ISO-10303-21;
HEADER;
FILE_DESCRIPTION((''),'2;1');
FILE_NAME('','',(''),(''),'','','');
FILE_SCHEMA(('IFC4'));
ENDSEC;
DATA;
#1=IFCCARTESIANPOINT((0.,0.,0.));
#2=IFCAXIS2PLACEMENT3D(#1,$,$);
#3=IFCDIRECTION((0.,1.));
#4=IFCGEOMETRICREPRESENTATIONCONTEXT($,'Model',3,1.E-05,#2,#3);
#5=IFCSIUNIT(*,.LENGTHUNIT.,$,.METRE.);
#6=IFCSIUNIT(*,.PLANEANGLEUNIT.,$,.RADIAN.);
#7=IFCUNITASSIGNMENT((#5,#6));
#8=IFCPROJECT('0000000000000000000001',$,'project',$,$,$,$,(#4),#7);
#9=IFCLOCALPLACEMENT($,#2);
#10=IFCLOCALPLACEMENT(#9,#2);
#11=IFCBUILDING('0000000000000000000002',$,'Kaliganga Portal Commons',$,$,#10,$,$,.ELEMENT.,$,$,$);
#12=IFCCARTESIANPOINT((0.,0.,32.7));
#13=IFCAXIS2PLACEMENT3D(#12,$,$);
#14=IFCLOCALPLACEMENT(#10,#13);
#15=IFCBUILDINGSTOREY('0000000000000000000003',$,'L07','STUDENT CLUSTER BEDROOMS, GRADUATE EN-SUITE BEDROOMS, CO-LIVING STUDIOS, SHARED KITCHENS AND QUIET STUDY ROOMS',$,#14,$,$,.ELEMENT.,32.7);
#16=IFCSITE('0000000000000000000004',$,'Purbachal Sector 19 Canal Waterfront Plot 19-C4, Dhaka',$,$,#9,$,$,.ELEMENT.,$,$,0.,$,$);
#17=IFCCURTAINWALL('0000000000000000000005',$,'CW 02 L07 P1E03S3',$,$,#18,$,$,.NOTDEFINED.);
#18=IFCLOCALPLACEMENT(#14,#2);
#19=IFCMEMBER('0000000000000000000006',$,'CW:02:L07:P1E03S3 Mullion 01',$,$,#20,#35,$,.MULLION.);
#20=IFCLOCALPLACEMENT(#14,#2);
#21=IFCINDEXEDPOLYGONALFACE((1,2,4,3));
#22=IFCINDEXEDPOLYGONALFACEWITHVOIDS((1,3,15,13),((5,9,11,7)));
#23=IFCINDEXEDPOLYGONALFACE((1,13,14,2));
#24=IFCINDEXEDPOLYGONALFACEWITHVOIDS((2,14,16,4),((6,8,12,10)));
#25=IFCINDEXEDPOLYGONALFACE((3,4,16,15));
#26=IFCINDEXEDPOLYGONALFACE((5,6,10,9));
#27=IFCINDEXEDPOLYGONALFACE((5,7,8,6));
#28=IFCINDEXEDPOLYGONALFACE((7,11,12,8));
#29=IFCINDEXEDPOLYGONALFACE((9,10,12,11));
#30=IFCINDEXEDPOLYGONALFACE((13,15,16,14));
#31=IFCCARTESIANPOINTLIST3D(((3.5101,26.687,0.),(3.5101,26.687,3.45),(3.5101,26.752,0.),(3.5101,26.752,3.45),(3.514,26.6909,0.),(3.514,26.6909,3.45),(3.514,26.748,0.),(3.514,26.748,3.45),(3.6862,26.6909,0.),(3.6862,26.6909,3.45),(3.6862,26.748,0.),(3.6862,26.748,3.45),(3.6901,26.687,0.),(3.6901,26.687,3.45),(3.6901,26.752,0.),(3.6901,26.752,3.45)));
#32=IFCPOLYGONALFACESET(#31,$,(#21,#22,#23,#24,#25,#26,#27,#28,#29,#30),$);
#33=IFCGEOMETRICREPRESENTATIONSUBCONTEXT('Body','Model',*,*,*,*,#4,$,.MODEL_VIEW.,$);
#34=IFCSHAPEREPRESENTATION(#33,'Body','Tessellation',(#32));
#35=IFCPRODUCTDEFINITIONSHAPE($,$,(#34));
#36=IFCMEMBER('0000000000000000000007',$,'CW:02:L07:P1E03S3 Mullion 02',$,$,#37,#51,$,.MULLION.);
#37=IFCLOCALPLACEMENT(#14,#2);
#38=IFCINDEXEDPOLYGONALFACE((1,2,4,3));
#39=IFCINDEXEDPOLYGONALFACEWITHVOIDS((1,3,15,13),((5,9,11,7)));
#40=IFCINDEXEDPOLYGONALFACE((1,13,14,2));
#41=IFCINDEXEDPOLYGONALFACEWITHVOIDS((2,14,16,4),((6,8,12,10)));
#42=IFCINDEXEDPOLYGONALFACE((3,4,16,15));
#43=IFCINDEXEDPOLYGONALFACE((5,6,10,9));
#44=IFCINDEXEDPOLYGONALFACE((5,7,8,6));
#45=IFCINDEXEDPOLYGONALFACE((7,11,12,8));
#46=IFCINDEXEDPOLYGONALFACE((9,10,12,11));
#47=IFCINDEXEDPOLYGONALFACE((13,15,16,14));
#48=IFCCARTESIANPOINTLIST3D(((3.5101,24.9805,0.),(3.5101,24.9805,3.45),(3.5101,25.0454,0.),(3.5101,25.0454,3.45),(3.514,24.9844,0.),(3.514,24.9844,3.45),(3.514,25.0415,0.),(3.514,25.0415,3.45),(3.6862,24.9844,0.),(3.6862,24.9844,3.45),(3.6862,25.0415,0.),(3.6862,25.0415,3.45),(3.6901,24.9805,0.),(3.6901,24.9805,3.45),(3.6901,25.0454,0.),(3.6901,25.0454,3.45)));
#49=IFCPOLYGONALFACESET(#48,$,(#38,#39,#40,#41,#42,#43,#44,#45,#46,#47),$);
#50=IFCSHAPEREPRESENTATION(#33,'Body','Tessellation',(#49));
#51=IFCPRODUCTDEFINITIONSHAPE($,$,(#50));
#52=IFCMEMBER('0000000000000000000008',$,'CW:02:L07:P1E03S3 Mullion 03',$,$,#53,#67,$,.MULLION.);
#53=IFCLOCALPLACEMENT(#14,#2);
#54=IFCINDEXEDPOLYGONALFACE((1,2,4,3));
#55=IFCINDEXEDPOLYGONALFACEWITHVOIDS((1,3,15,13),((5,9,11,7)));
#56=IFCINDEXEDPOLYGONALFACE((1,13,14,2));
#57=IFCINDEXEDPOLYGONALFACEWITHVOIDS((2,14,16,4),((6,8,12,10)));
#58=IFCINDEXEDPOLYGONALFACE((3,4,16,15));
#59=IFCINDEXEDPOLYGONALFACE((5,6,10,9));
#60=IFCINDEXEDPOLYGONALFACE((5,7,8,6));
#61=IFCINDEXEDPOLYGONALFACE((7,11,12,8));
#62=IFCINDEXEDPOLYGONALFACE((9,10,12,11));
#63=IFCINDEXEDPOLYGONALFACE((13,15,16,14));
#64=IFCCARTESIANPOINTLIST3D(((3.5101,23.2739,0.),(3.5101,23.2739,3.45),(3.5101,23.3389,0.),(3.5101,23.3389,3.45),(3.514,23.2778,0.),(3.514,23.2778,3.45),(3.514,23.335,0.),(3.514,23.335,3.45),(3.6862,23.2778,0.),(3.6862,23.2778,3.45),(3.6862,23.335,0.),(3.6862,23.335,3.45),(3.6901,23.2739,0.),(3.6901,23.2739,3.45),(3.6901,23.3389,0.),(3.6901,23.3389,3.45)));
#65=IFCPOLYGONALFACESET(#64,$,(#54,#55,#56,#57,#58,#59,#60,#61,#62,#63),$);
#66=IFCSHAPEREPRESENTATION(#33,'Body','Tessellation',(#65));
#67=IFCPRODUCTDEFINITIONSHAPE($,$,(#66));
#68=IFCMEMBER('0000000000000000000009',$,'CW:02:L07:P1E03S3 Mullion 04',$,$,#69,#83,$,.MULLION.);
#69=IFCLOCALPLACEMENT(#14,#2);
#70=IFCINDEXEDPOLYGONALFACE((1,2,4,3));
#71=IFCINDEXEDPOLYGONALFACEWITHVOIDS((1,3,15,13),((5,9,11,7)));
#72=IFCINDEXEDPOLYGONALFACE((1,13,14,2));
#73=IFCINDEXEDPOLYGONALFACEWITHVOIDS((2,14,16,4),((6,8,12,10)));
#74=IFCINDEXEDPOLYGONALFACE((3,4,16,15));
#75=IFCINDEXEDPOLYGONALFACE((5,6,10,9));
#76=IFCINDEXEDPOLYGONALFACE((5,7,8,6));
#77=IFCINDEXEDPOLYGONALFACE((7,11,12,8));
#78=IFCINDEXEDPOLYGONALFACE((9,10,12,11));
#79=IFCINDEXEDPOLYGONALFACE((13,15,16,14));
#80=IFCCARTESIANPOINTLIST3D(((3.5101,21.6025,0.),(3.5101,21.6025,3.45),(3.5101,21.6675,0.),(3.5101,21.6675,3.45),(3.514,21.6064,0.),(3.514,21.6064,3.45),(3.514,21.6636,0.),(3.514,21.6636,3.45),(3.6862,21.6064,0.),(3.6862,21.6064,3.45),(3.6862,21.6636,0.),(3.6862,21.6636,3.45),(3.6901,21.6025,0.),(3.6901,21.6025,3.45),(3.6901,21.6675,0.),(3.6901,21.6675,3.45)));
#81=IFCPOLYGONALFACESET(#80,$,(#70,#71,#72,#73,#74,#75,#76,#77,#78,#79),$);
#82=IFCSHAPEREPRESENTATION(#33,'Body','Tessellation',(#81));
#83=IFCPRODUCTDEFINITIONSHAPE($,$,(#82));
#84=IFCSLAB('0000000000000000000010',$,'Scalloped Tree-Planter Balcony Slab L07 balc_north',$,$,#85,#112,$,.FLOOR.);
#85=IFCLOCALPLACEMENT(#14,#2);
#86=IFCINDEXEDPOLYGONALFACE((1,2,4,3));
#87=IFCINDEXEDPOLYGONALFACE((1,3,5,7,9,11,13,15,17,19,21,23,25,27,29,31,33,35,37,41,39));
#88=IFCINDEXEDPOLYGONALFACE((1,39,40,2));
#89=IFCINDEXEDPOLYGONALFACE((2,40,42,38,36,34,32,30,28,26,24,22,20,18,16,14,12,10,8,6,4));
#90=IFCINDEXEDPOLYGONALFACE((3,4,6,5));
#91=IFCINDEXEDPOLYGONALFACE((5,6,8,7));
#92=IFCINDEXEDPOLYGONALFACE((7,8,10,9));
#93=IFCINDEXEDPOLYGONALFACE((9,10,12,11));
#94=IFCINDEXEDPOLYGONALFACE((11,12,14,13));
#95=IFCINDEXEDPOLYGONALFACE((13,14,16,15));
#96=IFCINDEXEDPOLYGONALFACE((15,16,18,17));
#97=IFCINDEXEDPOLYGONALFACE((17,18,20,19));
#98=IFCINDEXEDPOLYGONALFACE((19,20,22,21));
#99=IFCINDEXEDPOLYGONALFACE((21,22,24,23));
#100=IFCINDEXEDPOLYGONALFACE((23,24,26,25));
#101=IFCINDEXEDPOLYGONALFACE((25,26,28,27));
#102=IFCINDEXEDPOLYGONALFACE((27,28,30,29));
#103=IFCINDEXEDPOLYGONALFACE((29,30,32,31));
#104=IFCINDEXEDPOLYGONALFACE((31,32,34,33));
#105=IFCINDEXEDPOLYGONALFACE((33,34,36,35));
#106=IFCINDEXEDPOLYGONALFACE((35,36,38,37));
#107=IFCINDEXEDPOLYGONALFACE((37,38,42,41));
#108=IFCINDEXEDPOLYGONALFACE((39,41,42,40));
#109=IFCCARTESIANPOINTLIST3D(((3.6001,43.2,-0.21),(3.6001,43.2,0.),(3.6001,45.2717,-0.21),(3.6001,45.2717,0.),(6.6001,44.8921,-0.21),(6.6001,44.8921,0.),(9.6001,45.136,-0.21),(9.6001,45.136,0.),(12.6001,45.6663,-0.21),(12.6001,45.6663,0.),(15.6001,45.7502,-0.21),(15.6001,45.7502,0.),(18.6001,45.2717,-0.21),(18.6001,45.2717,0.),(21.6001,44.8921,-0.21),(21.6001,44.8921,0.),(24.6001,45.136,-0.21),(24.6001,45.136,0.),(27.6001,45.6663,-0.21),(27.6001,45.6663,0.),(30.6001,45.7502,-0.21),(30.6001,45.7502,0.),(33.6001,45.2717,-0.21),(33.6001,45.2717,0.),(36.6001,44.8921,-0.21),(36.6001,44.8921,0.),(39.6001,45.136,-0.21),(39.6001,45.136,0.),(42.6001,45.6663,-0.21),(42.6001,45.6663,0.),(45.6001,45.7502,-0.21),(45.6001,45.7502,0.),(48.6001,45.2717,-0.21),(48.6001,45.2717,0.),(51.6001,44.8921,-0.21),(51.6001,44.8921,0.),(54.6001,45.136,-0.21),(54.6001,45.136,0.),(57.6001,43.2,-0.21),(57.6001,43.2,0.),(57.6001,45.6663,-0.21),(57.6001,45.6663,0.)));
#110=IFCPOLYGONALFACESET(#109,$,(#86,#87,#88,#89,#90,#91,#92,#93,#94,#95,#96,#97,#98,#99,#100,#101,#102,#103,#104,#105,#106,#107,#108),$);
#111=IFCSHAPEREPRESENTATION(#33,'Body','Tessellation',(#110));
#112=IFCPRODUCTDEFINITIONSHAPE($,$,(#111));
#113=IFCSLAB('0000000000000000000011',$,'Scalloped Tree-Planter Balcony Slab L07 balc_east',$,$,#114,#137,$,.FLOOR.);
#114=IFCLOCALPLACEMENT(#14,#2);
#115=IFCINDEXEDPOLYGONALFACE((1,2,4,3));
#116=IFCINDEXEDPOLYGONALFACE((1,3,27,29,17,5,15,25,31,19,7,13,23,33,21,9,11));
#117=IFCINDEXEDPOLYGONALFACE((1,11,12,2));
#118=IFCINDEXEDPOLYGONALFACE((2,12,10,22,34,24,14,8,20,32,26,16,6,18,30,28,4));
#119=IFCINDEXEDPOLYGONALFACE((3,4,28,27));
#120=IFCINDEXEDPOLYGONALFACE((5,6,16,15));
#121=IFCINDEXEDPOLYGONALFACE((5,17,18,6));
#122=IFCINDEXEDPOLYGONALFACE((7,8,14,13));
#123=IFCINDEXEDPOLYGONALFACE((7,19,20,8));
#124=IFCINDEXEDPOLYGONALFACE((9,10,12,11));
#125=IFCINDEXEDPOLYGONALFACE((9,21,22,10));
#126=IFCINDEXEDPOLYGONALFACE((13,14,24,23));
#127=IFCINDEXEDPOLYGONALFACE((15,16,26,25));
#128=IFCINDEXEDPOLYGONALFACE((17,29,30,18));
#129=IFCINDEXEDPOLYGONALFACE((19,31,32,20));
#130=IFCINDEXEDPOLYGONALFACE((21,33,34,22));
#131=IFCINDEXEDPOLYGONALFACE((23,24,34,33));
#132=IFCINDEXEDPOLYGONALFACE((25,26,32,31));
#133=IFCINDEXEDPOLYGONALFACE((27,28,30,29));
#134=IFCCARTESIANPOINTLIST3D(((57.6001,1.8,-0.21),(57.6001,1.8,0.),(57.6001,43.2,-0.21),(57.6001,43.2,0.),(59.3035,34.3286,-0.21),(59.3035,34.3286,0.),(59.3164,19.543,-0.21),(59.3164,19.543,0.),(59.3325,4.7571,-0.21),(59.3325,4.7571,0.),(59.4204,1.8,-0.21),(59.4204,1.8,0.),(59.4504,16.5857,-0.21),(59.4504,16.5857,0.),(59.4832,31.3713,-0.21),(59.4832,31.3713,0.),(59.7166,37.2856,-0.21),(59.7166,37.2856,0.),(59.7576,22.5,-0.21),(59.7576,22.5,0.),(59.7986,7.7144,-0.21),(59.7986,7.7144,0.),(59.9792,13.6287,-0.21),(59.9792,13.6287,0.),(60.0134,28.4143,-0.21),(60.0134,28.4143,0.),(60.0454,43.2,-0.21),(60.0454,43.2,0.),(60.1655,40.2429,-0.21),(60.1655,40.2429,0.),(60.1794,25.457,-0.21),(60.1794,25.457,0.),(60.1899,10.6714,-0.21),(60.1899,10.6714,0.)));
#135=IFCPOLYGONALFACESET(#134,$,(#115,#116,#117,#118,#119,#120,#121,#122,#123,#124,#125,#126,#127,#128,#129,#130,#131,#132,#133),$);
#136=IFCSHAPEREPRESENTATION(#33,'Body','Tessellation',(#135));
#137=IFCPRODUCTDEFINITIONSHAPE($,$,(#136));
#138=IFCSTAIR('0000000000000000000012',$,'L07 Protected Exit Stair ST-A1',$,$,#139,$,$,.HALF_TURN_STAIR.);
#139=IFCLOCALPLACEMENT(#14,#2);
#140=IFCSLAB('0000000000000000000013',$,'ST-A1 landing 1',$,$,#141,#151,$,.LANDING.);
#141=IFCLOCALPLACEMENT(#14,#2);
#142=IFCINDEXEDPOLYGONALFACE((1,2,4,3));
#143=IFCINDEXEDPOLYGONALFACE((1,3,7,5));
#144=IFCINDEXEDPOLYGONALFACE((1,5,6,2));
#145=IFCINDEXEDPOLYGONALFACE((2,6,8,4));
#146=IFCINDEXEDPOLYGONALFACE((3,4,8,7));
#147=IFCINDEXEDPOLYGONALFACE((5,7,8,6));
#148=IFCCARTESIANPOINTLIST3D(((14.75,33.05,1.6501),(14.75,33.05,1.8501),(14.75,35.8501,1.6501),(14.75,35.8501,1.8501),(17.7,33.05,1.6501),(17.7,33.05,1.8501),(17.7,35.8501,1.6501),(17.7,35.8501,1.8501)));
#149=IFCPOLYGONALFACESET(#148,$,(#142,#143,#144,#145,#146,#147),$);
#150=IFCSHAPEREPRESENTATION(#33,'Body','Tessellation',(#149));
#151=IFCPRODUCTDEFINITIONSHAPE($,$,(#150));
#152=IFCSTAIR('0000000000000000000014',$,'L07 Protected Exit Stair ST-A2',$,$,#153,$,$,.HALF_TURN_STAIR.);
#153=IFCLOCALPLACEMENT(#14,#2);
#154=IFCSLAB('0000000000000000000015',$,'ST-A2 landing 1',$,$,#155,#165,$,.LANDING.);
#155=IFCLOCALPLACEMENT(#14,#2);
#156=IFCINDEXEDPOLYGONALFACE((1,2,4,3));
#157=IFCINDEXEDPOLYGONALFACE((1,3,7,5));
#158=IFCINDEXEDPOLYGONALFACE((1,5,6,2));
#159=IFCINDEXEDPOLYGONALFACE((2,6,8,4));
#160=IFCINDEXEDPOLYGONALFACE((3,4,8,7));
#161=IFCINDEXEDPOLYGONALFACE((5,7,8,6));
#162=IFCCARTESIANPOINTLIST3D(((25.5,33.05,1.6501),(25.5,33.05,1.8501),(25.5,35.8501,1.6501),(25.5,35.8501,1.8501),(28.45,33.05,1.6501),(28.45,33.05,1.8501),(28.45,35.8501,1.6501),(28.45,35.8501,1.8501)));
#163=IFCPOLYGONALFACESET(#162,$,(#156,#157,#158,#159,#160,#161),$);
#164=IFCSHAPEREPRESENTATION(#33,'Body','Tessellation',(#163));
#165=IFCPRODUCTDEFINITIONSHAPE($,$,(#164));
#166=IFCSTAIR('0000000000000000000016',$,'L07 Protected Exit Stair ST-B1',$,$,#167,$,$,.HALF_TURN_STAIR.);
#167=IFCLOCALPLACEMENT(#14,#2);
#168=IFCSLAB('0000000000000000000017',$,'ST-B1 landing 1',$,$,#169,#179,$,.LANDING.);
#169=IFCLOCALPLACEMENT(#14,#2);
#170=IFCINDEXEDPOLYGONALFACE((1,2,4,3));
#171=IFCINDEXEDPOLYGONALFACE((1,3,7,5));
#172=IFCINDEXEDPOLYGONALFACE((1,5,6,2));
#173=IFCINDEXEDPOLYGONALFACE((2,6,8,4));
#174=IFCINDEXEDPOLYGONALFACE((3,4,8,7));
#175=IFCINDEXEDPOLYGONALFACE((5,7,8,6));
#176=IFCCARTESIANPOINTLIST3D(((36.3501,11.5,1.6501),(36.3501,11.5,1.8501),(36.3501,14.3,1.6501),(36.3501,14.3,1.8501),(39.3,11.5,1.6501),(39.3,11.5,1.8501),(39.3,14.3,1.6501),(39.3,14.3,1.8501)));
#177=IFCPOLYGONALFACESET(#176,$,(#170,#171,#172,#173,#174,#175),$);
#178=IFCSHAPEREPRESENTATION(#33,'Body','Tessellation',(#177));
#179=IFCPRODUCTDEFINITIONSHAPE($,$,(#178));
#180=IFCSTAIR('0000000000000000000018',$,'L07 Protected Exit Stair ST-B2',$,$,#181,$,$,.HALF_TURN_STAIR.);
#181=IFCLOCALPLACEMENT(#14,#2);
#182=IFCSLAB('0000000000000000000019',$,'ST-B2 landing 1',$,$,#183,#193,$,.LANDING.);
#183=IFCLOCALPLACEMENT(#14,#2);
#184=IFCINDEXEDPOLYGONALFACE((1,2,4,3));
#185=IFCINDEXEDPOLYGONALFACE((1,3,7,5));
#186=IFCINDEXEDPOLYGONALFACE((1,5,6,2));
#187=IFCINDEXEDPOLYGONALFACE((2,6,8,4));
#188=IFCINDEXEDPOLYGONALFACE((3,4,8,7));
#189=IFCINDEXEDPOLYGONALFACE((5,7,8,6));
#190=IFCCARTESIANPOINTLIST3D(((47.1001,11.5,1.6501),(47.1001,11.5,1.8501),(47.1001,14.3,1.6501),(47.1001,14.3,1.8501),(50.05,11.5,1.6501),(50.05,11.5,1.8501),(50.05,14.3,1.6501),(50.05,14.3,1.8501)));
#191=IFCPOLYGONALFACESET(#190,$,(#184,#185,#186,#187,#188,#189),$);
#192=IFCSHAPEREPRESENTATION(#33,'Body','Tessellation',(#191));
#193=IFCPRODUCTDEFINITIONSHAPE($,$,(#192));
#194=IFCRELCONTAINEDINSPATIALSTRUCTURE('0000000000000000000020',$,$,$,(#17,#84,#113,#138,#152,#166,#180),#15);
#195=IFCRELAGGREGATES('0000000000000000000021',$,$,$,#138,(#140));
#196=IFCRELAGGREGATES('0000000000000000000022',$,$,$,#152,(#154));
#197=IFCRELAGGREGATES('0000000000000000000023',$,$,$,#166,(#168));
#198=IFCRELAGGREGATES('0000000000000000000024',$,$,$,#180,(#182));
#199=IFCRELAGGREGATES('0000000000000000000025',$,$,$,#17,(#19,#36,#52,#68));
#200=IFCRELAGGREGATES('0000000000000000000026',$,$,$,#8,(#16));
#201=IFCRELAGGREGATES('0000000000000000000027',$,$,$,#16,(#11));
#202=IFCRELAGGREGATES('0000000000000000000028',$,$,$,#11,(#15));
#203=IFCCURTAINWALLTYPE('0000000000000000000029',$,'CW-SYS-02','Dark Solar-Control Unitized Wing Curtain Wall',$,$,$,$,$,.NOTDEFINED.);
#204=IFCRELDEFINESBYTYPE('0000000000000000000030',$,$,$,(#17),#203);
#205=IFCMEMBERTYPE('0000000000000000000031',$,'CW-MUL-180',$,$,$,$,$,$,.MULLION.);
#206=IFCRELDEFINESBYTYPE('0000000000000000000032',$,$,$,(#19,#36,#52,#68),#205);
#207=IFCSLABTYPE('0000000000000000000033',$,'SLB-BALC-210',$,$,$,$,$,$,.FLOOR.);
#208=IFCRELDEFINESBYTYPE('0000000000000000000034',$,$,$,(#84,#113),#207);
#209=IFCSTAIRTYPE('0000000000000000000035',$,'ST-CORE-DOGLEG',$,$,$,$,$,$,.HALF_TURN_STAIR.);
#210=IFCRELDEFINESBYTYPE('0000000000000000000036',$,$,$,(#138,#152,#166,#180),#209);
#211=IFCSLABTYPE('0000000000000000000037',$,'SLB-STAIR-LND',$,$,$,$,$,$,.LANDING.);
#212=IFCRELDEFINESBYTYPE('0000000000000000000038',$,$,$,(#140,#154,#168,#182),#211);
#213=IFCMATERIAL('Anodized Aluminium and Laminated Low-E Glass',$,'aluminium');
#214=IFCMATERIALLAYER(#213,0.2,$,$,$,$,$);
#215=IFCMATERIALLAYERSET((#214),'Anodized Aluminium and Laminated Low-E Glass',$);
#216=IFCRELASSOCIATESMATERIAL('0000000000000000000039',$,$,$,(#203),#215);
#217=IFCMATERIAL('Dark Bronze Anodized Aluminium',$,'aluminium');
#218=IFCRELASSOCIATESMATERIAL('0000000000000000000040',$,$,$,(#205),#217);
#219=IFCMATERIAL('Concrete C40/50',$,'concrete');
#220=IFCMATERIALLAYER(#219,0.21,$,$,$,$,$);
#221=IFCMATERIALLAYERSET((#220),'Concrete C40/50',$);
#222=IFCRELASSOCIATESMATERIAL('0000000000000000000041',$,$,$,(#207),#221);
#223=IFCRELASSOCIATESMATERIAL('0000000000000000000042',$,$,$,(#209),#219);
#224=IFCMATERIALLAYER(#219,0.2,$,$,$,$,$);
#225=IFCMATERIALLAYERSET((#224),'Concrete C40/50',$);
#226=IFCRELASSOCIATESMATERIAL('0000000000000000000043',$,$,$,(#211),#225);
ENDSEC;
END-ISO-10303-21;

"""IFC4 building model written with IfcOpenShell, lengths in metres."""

from ifc_helpers import new_model, si_unit, direction, frame, origin, origin_2d, place, context, subcontext, project, spatial, polyline, hollow_rectangle, outline, extrude, source, transform, mapped, material, layer, layer_set, material_profile, profile_set, type_object, element, aggregate, save


model = new_model("IFC4")

# Units and contexts
model_context = context("Model", 3, precision=1e-05, world=origin(), true_north=direction((0.0, 1.0)))
body_context = subcontext(model_context, "Body", "Model", "MODEL_VIEW")
ifc_project = project(units=[si_unit("LENGTHUNIT", "METRE"), si_unit("PLANEANGLEUNIT", "RADIAN")], contexts=[model_context])

# Site, building, storey
site_placement = place(None, origin())
site = spatial("IfcSite", under=ifc_project, at=site_placement, Name="Purbachal Sector 19 Canal Waterfront Plot 19-C4, Dhaka", CompositionType="ELEMENT", RefElevation=0.0)
building_placement = place(site_placement, origin())
building = spatial("IfcBuilding", under=site, at=building_placement, Name="Kaliganga Portal Commons", CompositionType="ELEMENT")
storey_placement = place(building_placement, frame((0.0, 0.0, 32.7)))
storey = spatial("IfcBuildingStorey", under=building, at=storey_placement, Name="L07", Description="STUDENT CLUSTER BEDROOMS, GRADUATE EN-SUITE BEDROOMS, CO-LIVING STUDIOS, SHARED KITCHENS AND QUIET STUDY ROOMS", CompositionType="ELEMENT", Elevation=32.7)

# Curtain wall, members
ifc_material_1 = material(Name="Anodized Aluminium and Laminated Low-E Glass", Category="aluminium")
ifc_layer_1 = layer(ifc_material_1, 0.2)
ifc_layer_set_1 = layer_set([ifc_layer_1], Name="Anodized Aluminium and Laminated Low-E Glass")
curtain_wall_type = type_object("IfcCurtainWallType", Name="CW-SYS-02", Description="Dark Solar-Control Unitized Wing Curtain Wall", PredefinedType="NOTDEFINED", material=ifc_layer_set_1)
curtain_wall_placement = place(storey_placement, origin())
curtain_wall = element("IfcCurtainWall", 1, at=curtain_wall_placement, inside=storey, type_object=curtain_wall_type, Name="CW 02 L07 P1E03S3", PredefinedType="NOTDEFINED")
ifc_material_2 = material(Name="Dark Bronze Anodized Aluminium", Category="aluminium")
ifc_material_profile = material_profile(ifc_material_2, hollow_rectangle(XDim=0.0649, YDim=0.1799, WallThickness=0.0039, at=origin_2d()), Name="ALU MULL 65x180x4")
ifc_profile_set = profile_set([ifc_material_profile], Name="Dark Bronze Anodized Aluminium")
member_type = type_object("IfcMemberType", Name="CW-MUL-180", PredefinedType="MULLION", material=ifc_profile_set)
shared_shape_1 = source(origin(), body_context, "Body", "SweptSolid", [
    extrude(hollow_rectangle(XDim=0.0649, YDim=0.1799, WallThickness=0.0039, at=origin_2d()), origin(), (0.0, 0.0, 1.0), 3.45),
])
member_1_placement = place(storey_placement, frame((3.6001, 26.7195, 0.0), z_axis=(0.0, 0.0, 1.0), x_axis=(0.0, -1.0, 0.0)))
member_1 = element("IfcMember", 2, at=member_1_placement, type_object=member_type, Name="CW:02:L07:P1E03S3 Mullion 01", PredefinedType="MULLION", context=body_context, shape_type="MappedRepresentation", body=[
    mapped(shared_shape_1, transform((0.0, 0.0, 0.0), x_axis=(1.0, 0.0, 0.0), y_axis=(0.0, 1.0, 0.0), z_axis=(0.0, 0.0, 1.0), scale=1.0)),
])
member_2_placement = place(storey_placement, frame((3.6001, 25.0129, 0.0), z_axis=(0.0, 0.0, 1.0), x_axis=(0.0, -1.0, 0.0)))
member_2 = element("IfcMember", 3, at=member_2_placement, type_object=member_type, Name="CW:02:L07:P1E03S3 Mullion 02", PredefinedType="MULLION", context=body_context, shape_type="MappedRepresentation", body=[
    mapped(shared_shape_1, transform((0.0, 0.0, 0.0), x_axis=(1.0, 0.0, 0.0), y_axis=(0.0, 1.0, 0.0), z_axis=(0.0, 0.0, 1.0), scale=1.0)),
])
member_3_placement = place(storey_placement, frame((3.6001, 23.3064, 0.0), z_axis=(0.0, 0.0, 1.0), x_axis=(0.0, -1.0, 0.0)))
member_3 = element("IfcMember", 4, at=member_3_placement, type_object=member_type, Name="CW:02:L07:P1E03S3 Mullion 03", PredefinedType="MULLION", context=body_context, shape_type="MappedRepresentation", body=[
    mapped(shared_shape_1, transform((0.0, 0.0, 0.0), x_axis=(1.0, 0.0, 0.0), y_axis=(0.0, 1.0, 0.0), z_axis=(0.0, 0.0, 1.0), scale=1.0)),
])
member_4_placement = place(storey_placement, frame((3.6001, 21.635, 0.0), z_axis=(0.0, 0.0, 1.0), x_axis=(0.0, -1.0, 0.0)))
member_4 = element("IfcMember", 5, at=member_4_placement, type_object=member_type, Name="CW:02:L07:P1E03S3 Mullion 04", PredefinedType="MULLION", context=body_context, shape_type="MappedRepresentation", body=[
    mapped(shared_shape_1, transform((0.0, 0.0, 0.0), x_axis=(1.0, 0.0, 0.0), y_axis=(0.0, 1.0, 0.0), z_axis=(0.0, 0.0, 1.0), scale=1.0)),
])

# Slabs
ifc_material_3 = material(Name="Concrete C40/50", Category="concrete")
ifc_layer_2 = layer(ifc_material_3, 0.21)
ifc_layer_set_2 = layer_set([ifc_layer_2], Name="Concrete C40/50")
slab_type_1 = type_object("IfcSlabType", Name="SLB-BALC-210", PredefinedType="FLOOR", material=ifc_layer_set_2)
slab_1_placement = place(storey_placement, frame((0.0, 0.0, -0.21)))
element("IfcSlab", 6, at=slab_1_placement, inside=storey, type_object=slab_type_1, Name="Scalloped Tree-Planter Balcony Slab L07 balc_north", PredefinedType="FLOOR", context=body_context, shape_type="SweptSolid", body=[
    extrude(outline(polyline([(57.6001, 43.2), (57.6001, 45.6663), (54.6001, 45.136), (51.6001, 44.8921), (48.6001, 45.2717), (45.6001, 45.7502), (42.6001, 45.6663), (39.6001, 45.136), (36.6001, 44.8921), (33.6001, 45.2717), (30.6001, 45.7502), (27.6001, 45.6663), (24.6001, 45.136), (21.6001, 44.8921), (18.6001, 45.2717), (15.6001, 45.7502), (12.6001, 45.6663), (9.6001, 45.136), (6.6001, 44.8921), (3.6001, 45.2717), (3.6001, 43.2), (57.6001, 43.2)])), origin(), (0.0, 0.0, 1.0), 0.21),
])
slab_2_placement = place(storey_placement, frame((0.0, 0.0, -0.21)))
element("IfcSlab", 7, at=slab_2_placement, inside=storey, type_object=slab_type_1, Name="Scalloped Tree-Planter Balcony Slab L07 balc_east", PredefinedType="FLOOR", context=body_context, shape_type="SweptSolid", body=[
    extrude(outline(polyline([(57.6001, 1.8), (59.4204, 1.8), (59.3325, 4.7571), (59.7986, 7.7144), (60.1899, 10.6714), (59.9792, 13.6287), (59.4504, 16.5857), (59.3164, 19.543), (59.7576, 22.5), (60.1794, 25.457), (60.0134, 28.4143), (59.4832, 31.3713), (59.3035, 34.3286), (59.7166, 37.2856), (60.1655, 40.2429), (60.0454, 43.2), (57.6001, 43.2), (57.6001, 1.8)])), origin(), (0.0, 0.0, 1.0), 0.21),
])

# Stairs, slabs
stair_type = type_object("IfcStairType", Name="ST-CORE-DOGLEG", PredefinedType="HALF_TURN_STAIR", material=ifc_material_3)
stair_1_placement = place(storey_placement, origin())
stair_1 = element("IfcStair", 8, at=stair_1_placement, inside=storey, type_object=stair_type, Name="L07 Protected Exit Stair ST-A1", PredefinedType="HALF_TURN_STAIR")
ifc_layer_3 = layer(ifc_material_3, 0.2)
ifc_layer_set_3 = layer_set([ifc_layer_3], Name="Concrete C40/50")
slab_type_2 = type_object("IfcSlabType", Name="SLB-STAIR-LND", PredefinedType="LANDING", material=ifc_layer_set_3)
slab_3_placement = place(storey_placement, frame((0.0, 0.0, 1.6501)))
slab_3 = element("IfcSlab", 9, at=slab_3_placement, type_object=slab_type_2, Name="ST-A1 landing 1", PredefinedType="LANDING", context=body_context, shape_type="SweptSolid", body=[
    extrude(outline(polyline([(17.7, 33.05), (17.7, 35.8501), (14.75, 35.8501), (14.75, 33.05), (17.7, 33.05)])), origin(), (0.0, 0.0, 1.0), 0.2),
])
aggregate(stair_1, [slab_3])
stair_2_placement = place(storey_placement, origin())
stair_2 = element("IfcStair", 10, at=stair_2_placement, inside=storey, type_object=stair_type, Name="L07 Protected Exit Stair ST-A2", PredefinedType="HALF_TURN_STAIR")
slab_4_placement = place(storey_placement, frame((0.0, 0.0, 1.6501)))
slab_4 = element("IfcSlab", 11, at=slab_4_placement, type_object=slab_type_2, Name="ST-A2 landing 1", PredefinedType="LANDING", context=body_context, shape_type="SweptSolid", body=[
    extrude(outline(polyline([(28.45, 33.05), (28.45, 35.8501), (25.5, 35.8501), (25.5, 33.05), (28.45, 33.05)])), origin(), (0.0, 0.0, 1.0), 0.2),
])
aggregate(stair_2, [slab_4])
stair_3_placement = place(storey_placement, origin())
stair_3 = element("IfcStair", 12, at=stair_3_placement, inside=storey, type_object=stair_type, Name="L07 Protected Exit Stair ST-B1", PredefinedType="HALF_TURN_STAIR")
slab_5_placement = place(storey_placement, frame((0.0, 0.0, 1.6501)))
slab_5 = element("IfcSlab", 13, at=slab_5_placement, type_object=slab_type_2, Name="ST-B1 landing 1", PredefinedType="LANDING", context=body_context, shape_type="SweptSolid", body=[
    extrude(outline(polyline([(39.3, 11.5), (39.3, 14.3), (36.3501, 14.3), (36.3501, 11.5), (39.3, 11.5)])), origin(), (0.0, 0.0, 1.0), 0.2),
])
aggregate(stair_3, [slab_5])
stair_4_placement = place(storey_placement, origin())
stair_4 = element("IfcStair", 14, at=stair_4_placement, inside=storey, type_object=stair_type, Name="L07 Protected Exit Stair ST-B2", PredefinedType="HALF_TURN_STAIR")
slab_6_placement = place(storey_placement, frame((0.0, 0.0, 1.6501)))
slab_6 = element("IfcSlab", 15, at=slab_6_placement, type_object=slab_type_2, Name="ST-B2 landing 1", PredefinedType="LANDING", context=body_context, shape_type="SweptSolid", body=[
    extrude(outline(polyline([(50.05, 11.5), (50.05, 14.3), (47.1001, 14.3), (47.1001, 11.5), (50.05, 11.5)])), origin(), (0.0, 0.0, 1.0), 0.2),
])
aggregate(stair_4, [slab_6])

aggregate(curtain_wall, [member_1, member_2, member_3, member_4])

save(model, "model.ifc")
